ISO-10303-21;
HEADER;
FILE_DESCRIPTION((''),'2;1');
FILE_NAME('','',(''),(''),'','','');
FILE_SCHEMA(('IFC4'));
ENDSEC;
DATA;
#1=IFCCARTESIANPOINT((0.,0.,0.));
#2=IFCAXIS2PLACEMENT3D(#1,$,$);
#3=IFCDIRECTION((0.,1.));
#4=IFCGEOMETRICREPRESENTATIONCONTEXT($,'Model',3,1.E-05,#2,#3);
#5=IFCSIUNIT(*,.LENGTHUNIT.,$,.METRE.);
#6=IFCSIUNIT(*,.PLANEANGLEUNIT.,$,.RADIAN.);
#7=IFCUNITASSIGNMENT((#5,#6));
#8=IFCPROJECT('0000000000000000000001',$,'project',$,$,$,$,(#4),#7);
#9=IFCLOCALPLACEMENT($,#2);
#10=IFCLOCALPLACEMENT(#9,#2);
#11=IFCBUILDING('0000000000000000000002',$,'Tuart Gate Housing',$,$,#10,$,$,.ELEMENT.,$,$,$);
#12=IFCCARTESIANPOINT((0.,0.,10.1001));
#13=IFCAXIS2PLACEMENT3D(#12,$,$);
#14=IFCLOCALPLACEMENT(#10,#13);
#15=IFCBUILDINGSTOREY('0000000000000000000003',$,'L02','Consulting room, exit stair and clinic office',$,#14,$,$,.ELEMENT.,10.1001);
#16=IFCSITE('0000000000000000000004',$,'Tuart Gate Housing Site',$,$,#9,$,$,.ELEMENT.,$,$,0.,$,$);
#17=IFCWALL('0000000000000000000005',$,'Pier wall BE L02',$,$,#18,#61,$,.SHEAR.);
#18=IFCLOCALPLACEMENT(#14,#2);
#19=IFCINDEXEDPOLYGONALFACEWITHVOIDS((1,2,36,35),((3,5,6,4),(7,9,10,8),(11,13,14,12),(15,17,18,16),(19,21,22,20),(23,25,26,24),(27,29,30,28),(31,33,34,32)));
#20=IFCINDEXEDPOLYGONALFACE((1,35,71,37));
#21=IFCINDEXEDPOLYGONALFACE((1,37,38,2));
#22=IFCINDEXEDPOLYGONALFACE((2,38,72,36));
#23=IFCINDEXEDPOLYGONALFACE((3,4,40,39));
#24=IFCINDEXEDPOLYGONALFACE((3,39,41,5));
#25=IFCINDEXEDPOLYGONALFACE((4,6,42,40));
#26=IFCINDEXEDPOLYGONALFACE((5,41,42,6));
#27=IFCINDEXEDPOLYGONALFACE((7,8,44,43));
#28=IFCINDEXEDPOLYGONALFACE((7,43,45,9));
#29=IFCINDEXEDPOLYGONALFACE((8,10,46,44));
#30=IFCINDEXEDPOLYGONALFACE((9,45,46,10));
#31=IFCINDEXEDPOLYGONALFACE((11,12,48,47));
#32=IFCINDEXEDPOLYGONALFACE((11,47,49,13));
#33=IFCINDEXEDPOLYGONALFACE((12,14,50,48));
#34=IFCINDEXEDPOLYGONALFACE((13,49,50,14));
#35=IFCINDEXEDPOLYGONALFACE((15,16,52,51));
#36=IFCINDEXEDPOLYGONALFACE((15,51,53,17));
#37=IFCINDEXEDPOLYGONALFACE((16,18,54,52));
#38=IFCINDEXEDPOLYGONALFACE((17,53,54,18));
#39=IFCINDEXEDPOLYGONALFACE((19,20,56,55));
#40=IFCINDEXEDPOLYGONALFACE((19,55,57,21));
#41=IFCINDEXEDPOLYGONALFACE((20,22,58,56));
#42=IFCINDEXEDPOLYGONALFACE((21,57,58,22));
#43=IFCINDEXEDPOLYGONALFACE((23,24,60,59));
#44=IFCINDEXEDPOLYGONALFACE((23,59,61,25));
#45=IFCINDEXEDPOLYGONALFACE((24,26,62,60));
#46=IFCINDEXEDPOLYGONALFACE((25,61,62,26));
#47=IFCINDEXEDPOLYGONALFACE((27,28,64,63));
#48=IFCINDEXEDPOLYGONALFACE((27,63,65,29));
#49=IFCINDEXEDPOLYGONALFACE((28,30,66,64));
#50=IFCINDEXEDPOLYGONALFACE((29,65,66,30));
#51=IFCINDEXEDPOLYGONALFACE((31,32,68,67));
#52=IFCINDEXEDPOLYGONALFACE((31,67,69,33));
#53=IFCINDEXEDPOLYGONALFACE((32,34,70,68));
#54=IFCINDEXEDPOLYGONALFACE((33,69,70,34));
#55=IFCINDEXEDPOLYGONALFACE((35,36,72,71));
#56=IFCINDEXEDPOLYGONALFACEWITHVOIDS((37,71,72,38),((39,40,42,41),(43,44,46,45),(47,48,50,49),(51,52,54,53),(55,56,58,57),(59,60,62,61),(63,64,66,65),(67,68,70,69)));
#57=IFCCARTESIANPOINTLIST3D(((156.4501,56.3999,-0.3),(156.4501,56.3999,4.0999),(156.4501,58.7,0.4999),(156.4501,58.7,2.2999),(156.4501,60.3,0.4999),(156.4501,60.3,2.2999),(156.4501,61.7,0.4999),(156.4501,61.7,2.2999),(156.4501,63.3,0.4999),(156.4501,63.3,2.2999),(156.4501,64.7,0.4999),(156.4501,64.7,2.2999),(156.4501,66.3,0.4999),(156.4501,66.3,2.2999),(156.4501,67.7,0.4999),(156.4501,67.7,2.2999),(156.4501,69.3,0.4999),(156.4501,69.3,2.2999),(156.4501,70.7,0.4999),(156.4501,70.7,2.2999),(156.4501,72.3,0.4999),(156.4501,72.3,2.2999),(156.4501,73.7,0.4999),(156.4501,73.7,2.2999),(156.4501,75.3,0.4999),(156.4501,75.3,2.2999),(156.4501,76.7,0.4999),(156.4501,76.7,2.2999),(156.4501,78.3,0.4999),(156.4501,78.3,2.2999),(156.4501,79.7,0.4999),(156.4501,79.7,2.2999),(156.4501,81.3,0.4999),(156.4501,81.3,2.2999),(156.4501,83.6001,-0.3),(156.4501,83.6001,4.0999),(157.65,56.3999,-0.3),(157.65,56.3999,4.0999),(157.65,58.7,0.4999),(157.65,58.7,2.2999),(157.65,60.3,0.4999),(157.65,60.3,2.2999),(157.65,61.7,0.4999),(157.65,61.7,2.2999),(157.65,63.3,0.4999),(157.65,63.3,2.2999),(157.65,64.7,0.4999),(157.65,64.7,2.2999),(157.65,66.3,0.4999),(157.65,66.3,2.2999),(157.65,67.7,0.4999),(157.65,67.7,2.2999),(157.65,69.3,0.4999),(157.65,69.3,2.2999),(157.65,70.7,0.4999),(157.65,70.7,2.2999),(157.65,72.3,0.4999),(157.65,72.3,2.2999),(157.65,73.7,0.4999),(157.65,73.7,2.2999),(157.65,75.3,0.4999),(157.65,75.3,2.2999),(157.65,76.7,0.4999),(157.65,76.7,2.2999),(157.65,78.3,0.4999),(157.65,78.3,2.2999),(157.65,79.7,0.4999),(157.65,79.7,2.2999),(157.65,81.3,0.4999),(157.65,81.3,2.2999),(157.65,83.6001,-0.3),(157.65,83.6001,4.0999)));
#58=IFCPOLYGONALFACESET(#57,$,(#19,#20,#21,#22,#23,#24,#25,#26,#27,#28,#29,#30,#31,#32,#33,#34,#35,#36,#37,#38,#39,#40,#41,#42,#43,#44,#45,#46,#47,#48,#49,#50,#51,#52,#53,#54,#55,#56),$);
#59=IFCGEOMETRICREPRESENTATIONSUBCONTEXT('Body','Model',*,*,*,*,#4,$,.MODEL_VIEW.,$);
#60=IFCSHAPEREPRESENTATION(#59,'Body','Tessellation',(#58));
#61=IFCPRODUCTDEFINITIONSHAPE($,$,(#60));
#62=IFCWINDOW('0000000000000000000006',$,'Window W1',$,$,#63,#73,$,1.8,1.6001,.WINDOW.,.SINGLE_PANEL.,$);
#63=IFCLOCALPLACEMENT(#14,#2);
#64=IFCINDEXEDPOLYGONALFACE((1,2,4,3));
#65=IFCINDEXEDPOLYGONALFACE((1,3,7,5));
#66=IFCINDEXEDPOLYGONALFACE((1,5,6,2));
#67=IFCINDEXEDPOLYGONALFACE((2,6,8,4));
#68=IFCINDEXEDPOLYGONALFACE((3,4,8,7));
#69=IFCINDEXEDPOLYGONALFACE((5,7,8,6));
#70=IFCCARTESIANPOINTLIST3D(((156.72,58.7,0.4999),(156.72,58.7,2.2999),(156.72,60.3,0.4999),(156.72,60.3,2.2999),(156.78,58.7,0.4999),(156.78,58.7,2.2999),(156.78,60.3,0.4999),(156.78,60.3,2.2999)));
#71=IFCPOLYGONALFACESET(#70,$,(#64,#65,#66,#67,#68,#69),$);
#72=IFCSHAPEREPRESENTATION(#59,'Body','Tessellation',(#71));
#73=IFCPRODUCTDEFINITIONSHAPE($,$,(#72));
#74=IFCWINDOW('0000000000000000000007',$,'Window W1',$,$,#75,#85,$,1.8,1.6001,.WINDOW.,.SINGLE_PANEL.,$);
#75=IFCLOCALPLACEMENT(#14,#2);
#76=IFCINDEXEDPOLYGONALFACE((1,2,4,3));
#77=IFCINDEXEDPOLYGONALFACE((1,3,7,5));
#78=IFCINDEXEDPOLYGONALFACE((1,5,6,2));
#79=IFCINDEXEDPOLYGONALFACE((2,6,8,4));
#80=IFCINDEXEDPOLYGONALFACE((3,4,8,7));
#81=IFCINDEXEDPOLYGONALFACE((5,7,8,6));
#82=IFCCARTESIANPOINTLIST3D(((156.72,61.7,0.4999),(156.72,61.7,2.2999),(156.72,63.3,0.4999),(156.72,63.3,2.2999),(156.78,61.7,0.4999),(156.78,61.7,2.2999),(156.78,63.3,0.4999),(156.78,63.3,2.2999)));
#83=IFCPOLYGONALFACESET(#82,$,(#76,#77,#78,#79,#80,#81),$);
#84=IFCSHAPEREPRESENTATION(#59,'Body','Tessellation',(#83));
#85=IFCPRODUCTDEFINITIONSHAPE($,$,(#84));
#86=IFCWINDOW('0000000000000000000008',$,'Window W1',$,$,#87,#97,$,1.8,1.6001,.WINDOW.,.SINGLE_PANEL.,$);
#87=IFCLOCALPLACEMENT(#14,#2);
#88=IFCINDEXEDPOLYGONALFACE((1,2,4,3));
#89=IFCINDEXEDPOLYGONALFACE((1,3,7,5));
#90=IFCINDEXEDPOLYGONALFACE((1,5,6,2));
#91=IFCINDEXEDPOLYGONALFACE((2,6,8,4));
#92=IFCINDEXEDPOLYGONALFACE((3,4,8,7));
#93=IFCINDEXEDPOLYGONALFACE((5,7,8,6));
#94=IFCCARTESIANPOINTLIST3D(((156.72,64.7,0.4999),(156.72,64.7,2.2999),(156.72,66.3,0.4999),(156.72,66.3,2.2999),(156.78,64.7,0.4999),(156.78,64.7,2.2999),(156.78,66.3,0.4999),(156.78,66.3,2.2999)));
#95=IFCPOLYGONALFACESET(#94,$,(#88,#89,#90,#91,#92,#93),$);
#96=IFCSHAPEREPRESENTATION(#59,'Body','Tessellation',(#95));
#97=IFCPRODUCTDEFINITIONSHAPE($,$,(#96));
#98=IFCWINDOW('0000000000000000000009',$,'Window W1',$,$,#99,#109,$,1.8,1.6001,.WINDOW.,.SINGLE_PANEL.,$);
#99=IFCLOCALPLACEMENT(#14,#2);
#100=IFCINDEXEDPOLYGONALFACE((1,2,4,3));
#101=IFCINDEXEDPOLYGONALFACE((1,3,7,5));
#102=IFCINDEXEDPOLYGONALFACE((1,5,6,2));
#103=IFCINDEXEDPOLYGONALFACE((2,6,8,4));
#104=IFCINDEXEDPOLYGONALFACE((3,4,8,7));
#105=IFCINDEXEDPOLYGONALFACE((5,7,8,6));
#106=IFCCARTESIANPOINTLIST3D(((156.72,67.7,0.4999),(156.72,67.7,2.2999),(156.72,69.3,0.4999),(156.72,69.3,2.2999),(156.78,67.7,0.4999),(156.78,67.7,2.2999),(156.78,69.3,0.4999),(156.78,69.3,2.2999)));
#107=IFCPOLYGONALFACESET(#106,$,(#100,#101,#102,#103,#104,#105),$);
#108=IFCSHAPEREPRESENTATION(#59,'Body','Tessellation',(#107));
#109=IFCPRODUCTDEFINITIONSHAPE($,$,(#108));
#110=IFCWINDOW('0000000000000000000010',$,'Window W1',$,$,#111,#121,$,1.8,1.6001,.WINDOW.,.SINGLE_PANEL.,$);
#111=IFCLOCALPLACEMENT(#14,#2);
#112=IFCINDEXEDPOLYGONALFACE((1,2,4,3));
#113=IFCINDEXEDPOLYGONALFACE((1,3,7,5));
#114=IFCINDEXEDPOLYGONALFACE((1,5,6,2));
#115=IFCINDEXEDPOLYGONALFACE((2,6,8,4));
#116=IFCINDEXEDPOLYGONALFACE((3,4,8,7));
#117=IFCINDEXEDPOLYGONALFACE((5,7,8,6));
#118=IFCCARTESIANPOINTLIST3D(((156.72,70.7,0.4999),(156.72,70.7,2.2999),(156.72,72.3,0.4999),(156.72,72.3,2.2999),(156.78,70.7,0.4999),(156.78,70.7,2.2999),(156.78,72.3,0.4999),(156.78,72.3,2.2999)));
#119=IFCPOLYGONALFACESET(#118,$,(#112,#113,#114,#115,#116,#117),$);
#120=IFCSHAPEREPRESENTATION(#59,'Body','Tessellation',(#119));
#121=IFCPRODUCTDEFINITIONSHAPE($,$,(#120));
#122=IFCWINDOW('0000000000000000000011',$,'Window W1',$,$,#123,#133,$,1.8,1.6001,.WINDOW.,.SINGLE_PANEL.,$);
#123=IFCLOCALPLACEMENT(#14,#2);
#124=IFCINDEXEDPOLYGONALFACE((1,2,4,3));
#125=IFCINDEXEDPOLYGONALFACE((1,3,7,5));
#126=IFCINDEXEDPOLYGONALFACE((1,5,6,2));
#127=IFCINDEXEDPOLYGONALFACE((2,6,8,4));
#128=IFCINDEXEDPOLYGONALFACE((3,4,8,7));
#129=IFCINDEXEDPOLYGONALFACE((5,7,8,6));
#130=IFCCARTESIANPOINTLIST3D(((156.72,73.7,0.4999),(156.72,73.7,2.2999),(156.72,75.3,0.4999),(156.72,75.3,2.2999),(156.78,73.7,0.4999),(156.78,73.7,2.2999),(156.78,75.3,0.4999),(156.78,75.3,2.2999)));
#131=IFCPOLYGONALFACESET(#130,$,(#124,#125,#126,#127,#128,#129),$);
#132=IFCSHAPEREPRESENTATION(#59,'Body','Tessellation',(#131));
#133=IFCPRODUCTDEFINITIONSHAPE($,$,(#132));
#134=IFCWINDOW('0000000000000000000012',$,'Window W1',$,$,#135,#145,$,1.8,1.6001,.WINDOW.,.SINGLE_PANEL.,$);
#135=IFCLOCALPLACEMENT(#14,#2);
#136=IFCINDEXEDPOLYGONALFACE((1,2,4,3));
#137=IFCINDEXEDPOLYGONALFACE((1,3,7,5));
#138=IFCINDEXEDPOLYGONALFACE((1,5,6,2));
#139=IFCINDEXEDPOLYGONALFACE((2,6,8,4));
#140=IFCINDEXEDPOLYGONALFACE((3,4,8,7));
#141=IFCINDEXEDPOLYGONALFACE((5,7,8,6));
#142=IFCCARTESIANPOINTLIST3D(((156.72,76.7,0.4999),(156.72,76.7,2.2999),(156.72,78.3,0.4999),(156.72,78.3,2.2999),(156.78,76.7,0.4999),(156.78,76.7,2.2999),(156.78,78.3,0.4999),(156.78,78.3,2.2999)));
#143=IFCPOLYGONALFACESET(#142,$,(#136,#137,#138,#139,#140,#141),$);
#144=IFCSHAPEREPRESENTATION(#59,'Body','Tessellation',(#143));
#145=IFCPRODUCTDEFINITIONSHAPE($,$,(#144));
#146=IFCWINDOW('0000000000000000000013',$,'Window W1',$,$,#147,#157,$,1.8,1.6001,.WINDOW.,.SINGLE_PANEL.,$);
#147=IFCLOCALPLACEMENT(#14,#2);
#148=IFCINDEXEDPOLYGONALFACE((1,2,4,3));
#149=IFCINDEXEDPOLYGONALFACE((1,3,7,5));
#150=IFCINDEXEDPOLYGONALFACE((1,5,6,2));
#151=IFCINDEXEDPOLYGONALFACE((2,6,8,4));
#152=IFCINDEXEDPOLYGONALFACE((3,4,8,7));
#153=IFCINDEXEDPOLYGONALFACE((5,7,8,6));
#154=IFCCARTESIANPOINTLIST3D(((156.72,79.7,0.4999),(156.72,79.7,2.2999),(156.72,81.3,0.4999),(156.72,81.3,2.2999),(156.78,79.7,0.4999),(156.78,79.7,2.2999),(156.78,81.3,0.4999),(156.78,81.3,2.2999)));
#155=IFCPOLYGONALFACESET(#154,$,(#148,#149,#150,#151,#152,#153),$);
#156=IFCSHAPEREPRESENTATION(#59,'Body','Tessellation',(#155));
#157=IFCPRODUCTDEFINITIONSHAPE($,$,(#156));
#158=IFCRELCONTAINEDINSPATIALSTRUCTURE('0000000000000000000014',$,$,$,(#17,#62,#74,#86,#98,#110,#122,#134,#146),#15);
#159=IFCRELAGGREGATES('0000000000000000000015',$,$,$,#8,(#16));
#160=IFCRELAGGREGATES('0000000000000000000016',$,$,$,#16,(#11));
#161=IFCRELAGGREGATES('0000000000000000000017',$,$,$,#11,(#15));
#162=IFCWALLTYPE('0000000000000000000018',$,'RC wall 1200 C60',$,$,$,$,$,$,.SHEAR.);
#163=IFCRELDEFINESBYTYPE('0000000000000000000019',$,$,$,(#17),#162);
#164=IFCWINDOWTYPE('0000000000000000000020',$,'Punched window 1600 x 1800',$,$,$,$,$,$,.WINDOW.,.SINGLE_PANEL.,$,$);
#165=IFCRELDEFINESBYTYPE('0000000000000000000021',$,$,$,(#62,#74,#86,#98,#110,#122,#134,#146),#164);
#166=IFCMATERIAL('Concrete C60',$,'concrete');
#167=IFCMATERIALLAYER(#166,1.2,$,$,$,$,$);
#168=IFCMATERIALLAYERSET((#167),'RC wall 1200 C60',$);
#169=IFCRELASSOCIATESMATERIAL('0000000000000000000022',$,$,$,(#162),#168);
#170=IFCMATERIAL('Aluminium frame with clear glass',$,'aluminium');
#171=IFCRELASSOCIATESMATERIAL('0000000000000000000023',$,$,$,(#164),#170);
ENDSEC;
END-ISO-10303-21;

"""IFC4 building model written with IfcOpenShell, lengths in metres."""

from ifc_helpers import new_model, si_unit, direction, frame, frame_2d, origin, place, context, subcontext, project, spatial, rectangle, extrude, material, layer, layer_set, type_object, element, fill, save


model = new_model("IFC4")

# Units and contexts
model_context = context("Model", 3, precision=1e-05, world=origin(), true_north=direction((0.0, 1.0)))
body_context = subcontext(model_context, "Body", "Model", "MODEL_VIEW")
ifc_project = project(units=[si_unit("LENGTHUNIT", "METRE"), si_unit("PLANEANGLEUNIT", "RADIAN")], contexts=[model_context])

# Site, building, storey
site_placement = place(None, origin())
site = spatial("IfcSite", under=ifc_project, at=site_placement, Name="Tuart Gate Housing Site", CompositionType="ELEMENT", RefElevation=0.0)
building_placement = place(site_placement, origin())
building = spatial("IfcBuilding", under=site, at=building_placement, Name="Tuart Gate Housing", CompositionType="ELEMENT")
storey_placement = place(building_placement, frame((0.0, 0.0, 10.1001)))
storey = spatial("IfcBuildingStorey", under=building, at=storey_placement, Name="L02", Description="Consulting room, exit stair and clinic office", CompositionType="ELEMENT", Elevation=10.1001)

# Wall, openings, windows
ifc_material_1 = material(Name="Concrete C60", Category="concrete")
ifc_layer_1 = layer(ifc_material_1, 1.2)
ifc_layer_set_1 = layer_set([ifc_layer_1], Name="RC wall 1200 C60")
wall_type_1 = type_object("IfcWallType", Name="RC wall 1200 C60", PredefinedType="SHEAR", material=ifc_layer_set_1)
wall_1_placement = place(storey_placement, frame((157.05, 56.3999, -0.3), z_axis=(0.0, 0.0, 1.0), x_axis=(0.0, 1.0, 0.0)))
wall_1 = element("IfcWall", 1, at=wall_1_placement, inside=storey, type_object=wall_type_1, Name="Pier wall BE L02", PredefinedType="SHEAR", context=body_context, shape_type="SweptSolid", body=[
    extrude(rectangle(XDim=27.2002, YDim=1.2, at=frame_2d((13.6001, 0.0))), origin(), (0.0, 0.0, 1.0), 4.3999),
])
opening_1_placement = place(wall_1_placement, frame((2.3, 0.0, 0.8)))
opening_1 = element("IfcOpeningElement", 2, at=opening_1_placement, cuts=wall_1, PredefinedType="OPENING", context=body_context, shape_type="SweptSolid", body=[
    extrude(rectangle(XDim=1.6001, YDim=1.8, at=frame_2d((0.8, 0.8999))), frame((0.0, 0.6099, 0.0), z_axis=(0.0, -1.0, 0.0), x_axis=(1.0, 0.0, 0.0)), (0.0, 0.0, 1.0), 1.22),
])
opening_2_placement = place(wall_1_placement, frame((5.3, 0.0, 0.8)))
opening_2 = element("IfcOpeningElement", 3, at=opening_2_placement, cuts=wall_1, PredefinedType="OPENING", context=body_context, shape_type="SweptSolid", body=[
    extrude(rectangle(XDim=1.6001, YDim=1.8, at=frame_2d((0.8, 0.8999))), frame((0.0, 0.6099, 0.0), z_axis=(0.0, -1.0, 0.0), x_axis=(1.0, 0.0, 0.0)), (0.0, 0.0, 1.0), 1.22),
])
opening_3_placement = place(wall_1_placement, frame((8.3, 0.0, 0.8)))
opening_3 = element("IfcOpeningElement", 4, at=opening_3_placement, cuts=wall_1, PredefinedType="OPENING", context=body_context, shape_type="SweptSolid", body=[
    extrude(rectangle(XDim=1.6001, YDim=1.8, at=frame_2d((0.8, 0.8999))), frame((0.0, 0.6099, 0.0), z_axis=(0.0, -1.0, 0.0), x_axis=(1.0, 0.0, 0.0)), (0.0, 0.0, 1.0), 1.22),
])
opening_4_placement = place(wall_1_placement, frame((11.3, 0.0, 0.8)))
opening_4 = element("IfcOpeningElement", 5, at=opening_4_placement, cuts=wall_1, PredefinedType="OPENING", context=body_context, shape_type="SweptSolid", body=[
    extrude(rectangle(XDim=1.6001, YDim=1.8, at=frame_2d((0.8, 0.8999))), frame((0.0, 0.6099, 0.0), z_axis=(0.0, -1.0, 0.0), x_axis=(1.0, 0.0, 0.0)), (0.0, 0.0, 1.0), 1.22),
])
opening_5_placement = place(wall_1_placement, frame((14.3, 0.0, 0.8)))
opening_5 = element("IfcOpeningElement", 6, at=opening_5_placement, cuts=wall_1, PredefinedType="OPENING", context=body_context, shape_type="SweptSolid", body=[
    extrude(rectangle(XDim=1.6001, YDim=1.8, at=frame_2d((0.8, 0.8999))), frame((0.0, 0.6099, 0.0), z_axis=(0.0, -1.0, 0.0), x_axis=(1.0, 0.0, 0.0)), (0.0, 0.0, 1.0), 1.22),
])
opening_6_placement = place(wall_1_placement, frame((17.3, 0.0, 0.8)))
opening_6 = element("IfcOpeningElement", 7, at=opening_6_placement, cuts=wall_1, PredefinedType="OPENING", context=body_context, shape_type="SweptSolid", body=[
    extrude(rectangle(XDim=1.6001, YDim=1.8, at=frame_2d((0.8, 0.8999))), frame((0.0, 0.6099, 0.0), z_axis=(0.0, -1.0, 0.0), x_axis=(1.0, 0.0, 0.0)), (0.0, 0.0, 1.0), 1.22),
])
opening_7_placement = place(wall_1_placement, frame((20.3, 0.0, 0.8)))
opening_7 = element("IfcOpeningElement", 8, at=opening_7_placement, cuts=wall_1, PredefinedType="OPENING", context=body_context, shape_type="SweptSolid", body=[
    extrude(rectangle(XDim=1.6001, YDim=1.8, at=frame_2d((0.8, 0.8999))), frame((0.0, 0.6099, 0.0), z_axis=(0.0, -1.0, 0.0), x_axis=(1.0, 0.0, 0.0)), (0.0, 0.0, 1.0), 1.22),
])
opening_8_placement = place(wall_1_placement, frame((23.3, 0.0, 0.8)))
opening_8 = element("IfcOpeningElement", 9, at=opening_8_placement, cuts=wall_1, PredefinedType="OPENING", context=body_context, shape_type="SweptSolid", body=[
    extrude(rectangle(XDim=1.6001, YDim=1.8, at=frame_2d((0.8, 0.8999))), frame((0.0, 0.6099, 0.0), z_axis=(0.0, -1.0, 0.0), x_axis=(1.0, 0.0, 0.0)), (0.0, 0.0, 1.0), 1.22),
])
ifc_material_2 = material(Name="Aluminium frame with clear glass", Category="aluminium")
window_type = type_object("IfcWindowType", Name="Punched window 1600 x 1800", PartitioningType="SINGLE_PANEL", PredefinedType="WINDOW", material=ifc_material_2)
window_1_placement = place(opening_1_placement, origin())
window_1 = element("IfcWindow", 10, at=window_1_placement, inside=storey, type_object=window_type, Name="Window W1", OverallHeight=1.8, OverallWidth=1.6001, PartitioningType="SINGLE_PANEL", PredefinedType="WINDOW", context=body_context, shape_type="SweptSolid", body=[
    extrude(rectangle(XDim=1.6001, YDim=1.8, at=frame_2d((0.8, 0.8999))), frame((0.0, 0.3301, 0.0), z_axis=(0.0, -1.0, 0.0), x_axis=(1.0, 0.0, 0.0)), (0.0, 0.0, 1.0), 0.0601),
])
fill(opening_1, window_1)
window_2_placement = place(opening_2_placement, origin())
window_2 = element("IfcWindow", 11, at=window_2_placement, inside=storey, type_object=window_type, Name="Window W1", OverallHeight=1.8, OverallWidth=1.6001, PartitioningType="SINGLE_PANEL", PredefinedType="WINDOW", context=body_context, shape_type="SweptSolid", body=[
    extrude(rectangle(XDim=1.6001, YDim=1.8, at=frame_2d((0.8, 0.8999))), frame((0.0, 0.3301, 0.0), z_axis=(0.0, -1.0, 0.0), x_axis=(1.0, 0.0, 0.0)), (0.0, 0.0, 1.0), 0.0601),
])
fill(opening_2, window_2)
window_3_placement = place(opening_3_placement, origin())
window_3 = element("IfcWindow", 12, at=window_3_placement, inside=storey, type_object=window_type, Name="Window W1", OverallHeight=1.8, OverallWidth=1.6001, PartitioningType="SINGLE_PANEL", PredefinedType="WINDOW", context=body_context, shape_type="SweptSolid", body=[
    extrude(rectangle(XDim=1.6001, YDim=1.8, at=frame_2d((0.8, 0.8999))), frame((0.0, 0.3301, 0.0), z_axis=(0.0, -1.0, 0.0), x_axis=(1.0, 0.0, 0.0)), (0.0, 0.0, 1.0), 0.0601),
])
fill(opening_3, window_3)
window_4_placement = place(opening_4_placement, origin())
window_4 = element("IfcWindow", 13, at=window_4_placement, inside=storey, type_object=window_type, Name="Window W1", OverallHeight=1.8, OverallWidth=1.6001, PartitioningType="SINGLE_PANEL", PredefinedType="WINDOW", context=body_context, shape_type="SweptSolid", body=[
    extrude(rectangle(XDim=1.6001, YDim=1.8, at=frame_2d((0.8, 0.8999))), frame((0.0, 0.3301, 0.0), z_axis=(0.0, -1.0, 0.0), x_axis=(1.0, 0.0, 0.0)), (0.0, 0.0, 1.0), 0.0601),
])
fill(opening_4, window_4)
window_5_placement = place(opening_5_placement, origin())
window_5 = element("IfcWindow", 14, at=window_5_placement, inside=storey, type_object=window_type, Name="Window W1", OverallHeight=1.8, OverallWidth=1.6001, PartitioningType="SINGLE_PANEL", PredefinedType="WINDOW", context=body_context, shape_type="SweptSolid", body=[
    extrude(rectangle(XDim=1.6001, YDim=1.8, at=frame_2d((0.8, 0.8999))), frame((0.0, 0.3301, 0.0), z_axis=(0.0, -1.0, 0.0), x_axis=(1.0, 0.0, 0.0)), (0.0, 0.0, 1.0), 0.0601),
])
fill(opening_5, window_5)
window_6_placement = place(opening_6_placement, origin())
window_6 = element("IfcWindow", 15, at=window_6_placement, inside=storey, type_object=window_type, Name="Window W1", OverallHeight=1.8, OverallWidth=1.6001, PartitioningType="SINGLE_PANEL", PredefinedType="WINDOW", context=body_context, shape_type="SweptSolid", body=[
    extrude(rectangle(XDim=1.6001, YDim=1.8, at=frame_2d((0.8, 0.8999))), frame((0.0, 0.3301, 0.0), z_axis=(0.0, -1.0, 0.0), x_axis=(1.0, 0.0, 0.0)), (0.0, 0.0, 1.0), 0.0601),
])
fill(opening_6, window_6)
window_7_placement = place(opening_7_placement, origin())
window_7 = element("IfcWindow", 16, at=window_7_placement, inside=storey, type_object=window_type, Name="Window W1", OverallHeight=1.8, OverallWidth=1.6001, PartitioningType="SINGLE_PANEL", PredefinedType="WINDOW", context=body_context, shape_type="SweptSolid", body=[
    extrude(rectangle(XDim=1.6001, YDim=1.8, at=frame_2d((0.8, 0.8999))), frame((0.0, 0.3301, 0.0), z_axis=(0.0, -1.0, 0.0), x_axis=(1.0, 0.0, 0.0)), (0.0, 0.0, 1.0), 0.0601),
])
fill(opening_7, window_7)
window_8_placement = place(opening_8_placement, origin())
window_8 = element("IfcWindow", 17, at=window_8_placement, inside=storey, type_object=window_type, Name="Window W1", OverallHeight=1.8, OverallWidth=1.6001, PartitioningType="SINGLE_PANEL", PredefinedType="WINDOW", context=body_context, shape_type="SweptSolid", body=[
    extrude(rectangle(XDim=1.6001, YDim=1.8, at=frame_2d((0.8, 0.8999))), frame((0.0, 0.3301, 0.0), z_axis=(0.0, -1.0, 0.0), x_axis=(1.0, 0.0, 0.0)), (0.0, 0.0, 1.0), 0.0601),
])
fill(opening_8, window_8)

save(model, "model.ifc")
